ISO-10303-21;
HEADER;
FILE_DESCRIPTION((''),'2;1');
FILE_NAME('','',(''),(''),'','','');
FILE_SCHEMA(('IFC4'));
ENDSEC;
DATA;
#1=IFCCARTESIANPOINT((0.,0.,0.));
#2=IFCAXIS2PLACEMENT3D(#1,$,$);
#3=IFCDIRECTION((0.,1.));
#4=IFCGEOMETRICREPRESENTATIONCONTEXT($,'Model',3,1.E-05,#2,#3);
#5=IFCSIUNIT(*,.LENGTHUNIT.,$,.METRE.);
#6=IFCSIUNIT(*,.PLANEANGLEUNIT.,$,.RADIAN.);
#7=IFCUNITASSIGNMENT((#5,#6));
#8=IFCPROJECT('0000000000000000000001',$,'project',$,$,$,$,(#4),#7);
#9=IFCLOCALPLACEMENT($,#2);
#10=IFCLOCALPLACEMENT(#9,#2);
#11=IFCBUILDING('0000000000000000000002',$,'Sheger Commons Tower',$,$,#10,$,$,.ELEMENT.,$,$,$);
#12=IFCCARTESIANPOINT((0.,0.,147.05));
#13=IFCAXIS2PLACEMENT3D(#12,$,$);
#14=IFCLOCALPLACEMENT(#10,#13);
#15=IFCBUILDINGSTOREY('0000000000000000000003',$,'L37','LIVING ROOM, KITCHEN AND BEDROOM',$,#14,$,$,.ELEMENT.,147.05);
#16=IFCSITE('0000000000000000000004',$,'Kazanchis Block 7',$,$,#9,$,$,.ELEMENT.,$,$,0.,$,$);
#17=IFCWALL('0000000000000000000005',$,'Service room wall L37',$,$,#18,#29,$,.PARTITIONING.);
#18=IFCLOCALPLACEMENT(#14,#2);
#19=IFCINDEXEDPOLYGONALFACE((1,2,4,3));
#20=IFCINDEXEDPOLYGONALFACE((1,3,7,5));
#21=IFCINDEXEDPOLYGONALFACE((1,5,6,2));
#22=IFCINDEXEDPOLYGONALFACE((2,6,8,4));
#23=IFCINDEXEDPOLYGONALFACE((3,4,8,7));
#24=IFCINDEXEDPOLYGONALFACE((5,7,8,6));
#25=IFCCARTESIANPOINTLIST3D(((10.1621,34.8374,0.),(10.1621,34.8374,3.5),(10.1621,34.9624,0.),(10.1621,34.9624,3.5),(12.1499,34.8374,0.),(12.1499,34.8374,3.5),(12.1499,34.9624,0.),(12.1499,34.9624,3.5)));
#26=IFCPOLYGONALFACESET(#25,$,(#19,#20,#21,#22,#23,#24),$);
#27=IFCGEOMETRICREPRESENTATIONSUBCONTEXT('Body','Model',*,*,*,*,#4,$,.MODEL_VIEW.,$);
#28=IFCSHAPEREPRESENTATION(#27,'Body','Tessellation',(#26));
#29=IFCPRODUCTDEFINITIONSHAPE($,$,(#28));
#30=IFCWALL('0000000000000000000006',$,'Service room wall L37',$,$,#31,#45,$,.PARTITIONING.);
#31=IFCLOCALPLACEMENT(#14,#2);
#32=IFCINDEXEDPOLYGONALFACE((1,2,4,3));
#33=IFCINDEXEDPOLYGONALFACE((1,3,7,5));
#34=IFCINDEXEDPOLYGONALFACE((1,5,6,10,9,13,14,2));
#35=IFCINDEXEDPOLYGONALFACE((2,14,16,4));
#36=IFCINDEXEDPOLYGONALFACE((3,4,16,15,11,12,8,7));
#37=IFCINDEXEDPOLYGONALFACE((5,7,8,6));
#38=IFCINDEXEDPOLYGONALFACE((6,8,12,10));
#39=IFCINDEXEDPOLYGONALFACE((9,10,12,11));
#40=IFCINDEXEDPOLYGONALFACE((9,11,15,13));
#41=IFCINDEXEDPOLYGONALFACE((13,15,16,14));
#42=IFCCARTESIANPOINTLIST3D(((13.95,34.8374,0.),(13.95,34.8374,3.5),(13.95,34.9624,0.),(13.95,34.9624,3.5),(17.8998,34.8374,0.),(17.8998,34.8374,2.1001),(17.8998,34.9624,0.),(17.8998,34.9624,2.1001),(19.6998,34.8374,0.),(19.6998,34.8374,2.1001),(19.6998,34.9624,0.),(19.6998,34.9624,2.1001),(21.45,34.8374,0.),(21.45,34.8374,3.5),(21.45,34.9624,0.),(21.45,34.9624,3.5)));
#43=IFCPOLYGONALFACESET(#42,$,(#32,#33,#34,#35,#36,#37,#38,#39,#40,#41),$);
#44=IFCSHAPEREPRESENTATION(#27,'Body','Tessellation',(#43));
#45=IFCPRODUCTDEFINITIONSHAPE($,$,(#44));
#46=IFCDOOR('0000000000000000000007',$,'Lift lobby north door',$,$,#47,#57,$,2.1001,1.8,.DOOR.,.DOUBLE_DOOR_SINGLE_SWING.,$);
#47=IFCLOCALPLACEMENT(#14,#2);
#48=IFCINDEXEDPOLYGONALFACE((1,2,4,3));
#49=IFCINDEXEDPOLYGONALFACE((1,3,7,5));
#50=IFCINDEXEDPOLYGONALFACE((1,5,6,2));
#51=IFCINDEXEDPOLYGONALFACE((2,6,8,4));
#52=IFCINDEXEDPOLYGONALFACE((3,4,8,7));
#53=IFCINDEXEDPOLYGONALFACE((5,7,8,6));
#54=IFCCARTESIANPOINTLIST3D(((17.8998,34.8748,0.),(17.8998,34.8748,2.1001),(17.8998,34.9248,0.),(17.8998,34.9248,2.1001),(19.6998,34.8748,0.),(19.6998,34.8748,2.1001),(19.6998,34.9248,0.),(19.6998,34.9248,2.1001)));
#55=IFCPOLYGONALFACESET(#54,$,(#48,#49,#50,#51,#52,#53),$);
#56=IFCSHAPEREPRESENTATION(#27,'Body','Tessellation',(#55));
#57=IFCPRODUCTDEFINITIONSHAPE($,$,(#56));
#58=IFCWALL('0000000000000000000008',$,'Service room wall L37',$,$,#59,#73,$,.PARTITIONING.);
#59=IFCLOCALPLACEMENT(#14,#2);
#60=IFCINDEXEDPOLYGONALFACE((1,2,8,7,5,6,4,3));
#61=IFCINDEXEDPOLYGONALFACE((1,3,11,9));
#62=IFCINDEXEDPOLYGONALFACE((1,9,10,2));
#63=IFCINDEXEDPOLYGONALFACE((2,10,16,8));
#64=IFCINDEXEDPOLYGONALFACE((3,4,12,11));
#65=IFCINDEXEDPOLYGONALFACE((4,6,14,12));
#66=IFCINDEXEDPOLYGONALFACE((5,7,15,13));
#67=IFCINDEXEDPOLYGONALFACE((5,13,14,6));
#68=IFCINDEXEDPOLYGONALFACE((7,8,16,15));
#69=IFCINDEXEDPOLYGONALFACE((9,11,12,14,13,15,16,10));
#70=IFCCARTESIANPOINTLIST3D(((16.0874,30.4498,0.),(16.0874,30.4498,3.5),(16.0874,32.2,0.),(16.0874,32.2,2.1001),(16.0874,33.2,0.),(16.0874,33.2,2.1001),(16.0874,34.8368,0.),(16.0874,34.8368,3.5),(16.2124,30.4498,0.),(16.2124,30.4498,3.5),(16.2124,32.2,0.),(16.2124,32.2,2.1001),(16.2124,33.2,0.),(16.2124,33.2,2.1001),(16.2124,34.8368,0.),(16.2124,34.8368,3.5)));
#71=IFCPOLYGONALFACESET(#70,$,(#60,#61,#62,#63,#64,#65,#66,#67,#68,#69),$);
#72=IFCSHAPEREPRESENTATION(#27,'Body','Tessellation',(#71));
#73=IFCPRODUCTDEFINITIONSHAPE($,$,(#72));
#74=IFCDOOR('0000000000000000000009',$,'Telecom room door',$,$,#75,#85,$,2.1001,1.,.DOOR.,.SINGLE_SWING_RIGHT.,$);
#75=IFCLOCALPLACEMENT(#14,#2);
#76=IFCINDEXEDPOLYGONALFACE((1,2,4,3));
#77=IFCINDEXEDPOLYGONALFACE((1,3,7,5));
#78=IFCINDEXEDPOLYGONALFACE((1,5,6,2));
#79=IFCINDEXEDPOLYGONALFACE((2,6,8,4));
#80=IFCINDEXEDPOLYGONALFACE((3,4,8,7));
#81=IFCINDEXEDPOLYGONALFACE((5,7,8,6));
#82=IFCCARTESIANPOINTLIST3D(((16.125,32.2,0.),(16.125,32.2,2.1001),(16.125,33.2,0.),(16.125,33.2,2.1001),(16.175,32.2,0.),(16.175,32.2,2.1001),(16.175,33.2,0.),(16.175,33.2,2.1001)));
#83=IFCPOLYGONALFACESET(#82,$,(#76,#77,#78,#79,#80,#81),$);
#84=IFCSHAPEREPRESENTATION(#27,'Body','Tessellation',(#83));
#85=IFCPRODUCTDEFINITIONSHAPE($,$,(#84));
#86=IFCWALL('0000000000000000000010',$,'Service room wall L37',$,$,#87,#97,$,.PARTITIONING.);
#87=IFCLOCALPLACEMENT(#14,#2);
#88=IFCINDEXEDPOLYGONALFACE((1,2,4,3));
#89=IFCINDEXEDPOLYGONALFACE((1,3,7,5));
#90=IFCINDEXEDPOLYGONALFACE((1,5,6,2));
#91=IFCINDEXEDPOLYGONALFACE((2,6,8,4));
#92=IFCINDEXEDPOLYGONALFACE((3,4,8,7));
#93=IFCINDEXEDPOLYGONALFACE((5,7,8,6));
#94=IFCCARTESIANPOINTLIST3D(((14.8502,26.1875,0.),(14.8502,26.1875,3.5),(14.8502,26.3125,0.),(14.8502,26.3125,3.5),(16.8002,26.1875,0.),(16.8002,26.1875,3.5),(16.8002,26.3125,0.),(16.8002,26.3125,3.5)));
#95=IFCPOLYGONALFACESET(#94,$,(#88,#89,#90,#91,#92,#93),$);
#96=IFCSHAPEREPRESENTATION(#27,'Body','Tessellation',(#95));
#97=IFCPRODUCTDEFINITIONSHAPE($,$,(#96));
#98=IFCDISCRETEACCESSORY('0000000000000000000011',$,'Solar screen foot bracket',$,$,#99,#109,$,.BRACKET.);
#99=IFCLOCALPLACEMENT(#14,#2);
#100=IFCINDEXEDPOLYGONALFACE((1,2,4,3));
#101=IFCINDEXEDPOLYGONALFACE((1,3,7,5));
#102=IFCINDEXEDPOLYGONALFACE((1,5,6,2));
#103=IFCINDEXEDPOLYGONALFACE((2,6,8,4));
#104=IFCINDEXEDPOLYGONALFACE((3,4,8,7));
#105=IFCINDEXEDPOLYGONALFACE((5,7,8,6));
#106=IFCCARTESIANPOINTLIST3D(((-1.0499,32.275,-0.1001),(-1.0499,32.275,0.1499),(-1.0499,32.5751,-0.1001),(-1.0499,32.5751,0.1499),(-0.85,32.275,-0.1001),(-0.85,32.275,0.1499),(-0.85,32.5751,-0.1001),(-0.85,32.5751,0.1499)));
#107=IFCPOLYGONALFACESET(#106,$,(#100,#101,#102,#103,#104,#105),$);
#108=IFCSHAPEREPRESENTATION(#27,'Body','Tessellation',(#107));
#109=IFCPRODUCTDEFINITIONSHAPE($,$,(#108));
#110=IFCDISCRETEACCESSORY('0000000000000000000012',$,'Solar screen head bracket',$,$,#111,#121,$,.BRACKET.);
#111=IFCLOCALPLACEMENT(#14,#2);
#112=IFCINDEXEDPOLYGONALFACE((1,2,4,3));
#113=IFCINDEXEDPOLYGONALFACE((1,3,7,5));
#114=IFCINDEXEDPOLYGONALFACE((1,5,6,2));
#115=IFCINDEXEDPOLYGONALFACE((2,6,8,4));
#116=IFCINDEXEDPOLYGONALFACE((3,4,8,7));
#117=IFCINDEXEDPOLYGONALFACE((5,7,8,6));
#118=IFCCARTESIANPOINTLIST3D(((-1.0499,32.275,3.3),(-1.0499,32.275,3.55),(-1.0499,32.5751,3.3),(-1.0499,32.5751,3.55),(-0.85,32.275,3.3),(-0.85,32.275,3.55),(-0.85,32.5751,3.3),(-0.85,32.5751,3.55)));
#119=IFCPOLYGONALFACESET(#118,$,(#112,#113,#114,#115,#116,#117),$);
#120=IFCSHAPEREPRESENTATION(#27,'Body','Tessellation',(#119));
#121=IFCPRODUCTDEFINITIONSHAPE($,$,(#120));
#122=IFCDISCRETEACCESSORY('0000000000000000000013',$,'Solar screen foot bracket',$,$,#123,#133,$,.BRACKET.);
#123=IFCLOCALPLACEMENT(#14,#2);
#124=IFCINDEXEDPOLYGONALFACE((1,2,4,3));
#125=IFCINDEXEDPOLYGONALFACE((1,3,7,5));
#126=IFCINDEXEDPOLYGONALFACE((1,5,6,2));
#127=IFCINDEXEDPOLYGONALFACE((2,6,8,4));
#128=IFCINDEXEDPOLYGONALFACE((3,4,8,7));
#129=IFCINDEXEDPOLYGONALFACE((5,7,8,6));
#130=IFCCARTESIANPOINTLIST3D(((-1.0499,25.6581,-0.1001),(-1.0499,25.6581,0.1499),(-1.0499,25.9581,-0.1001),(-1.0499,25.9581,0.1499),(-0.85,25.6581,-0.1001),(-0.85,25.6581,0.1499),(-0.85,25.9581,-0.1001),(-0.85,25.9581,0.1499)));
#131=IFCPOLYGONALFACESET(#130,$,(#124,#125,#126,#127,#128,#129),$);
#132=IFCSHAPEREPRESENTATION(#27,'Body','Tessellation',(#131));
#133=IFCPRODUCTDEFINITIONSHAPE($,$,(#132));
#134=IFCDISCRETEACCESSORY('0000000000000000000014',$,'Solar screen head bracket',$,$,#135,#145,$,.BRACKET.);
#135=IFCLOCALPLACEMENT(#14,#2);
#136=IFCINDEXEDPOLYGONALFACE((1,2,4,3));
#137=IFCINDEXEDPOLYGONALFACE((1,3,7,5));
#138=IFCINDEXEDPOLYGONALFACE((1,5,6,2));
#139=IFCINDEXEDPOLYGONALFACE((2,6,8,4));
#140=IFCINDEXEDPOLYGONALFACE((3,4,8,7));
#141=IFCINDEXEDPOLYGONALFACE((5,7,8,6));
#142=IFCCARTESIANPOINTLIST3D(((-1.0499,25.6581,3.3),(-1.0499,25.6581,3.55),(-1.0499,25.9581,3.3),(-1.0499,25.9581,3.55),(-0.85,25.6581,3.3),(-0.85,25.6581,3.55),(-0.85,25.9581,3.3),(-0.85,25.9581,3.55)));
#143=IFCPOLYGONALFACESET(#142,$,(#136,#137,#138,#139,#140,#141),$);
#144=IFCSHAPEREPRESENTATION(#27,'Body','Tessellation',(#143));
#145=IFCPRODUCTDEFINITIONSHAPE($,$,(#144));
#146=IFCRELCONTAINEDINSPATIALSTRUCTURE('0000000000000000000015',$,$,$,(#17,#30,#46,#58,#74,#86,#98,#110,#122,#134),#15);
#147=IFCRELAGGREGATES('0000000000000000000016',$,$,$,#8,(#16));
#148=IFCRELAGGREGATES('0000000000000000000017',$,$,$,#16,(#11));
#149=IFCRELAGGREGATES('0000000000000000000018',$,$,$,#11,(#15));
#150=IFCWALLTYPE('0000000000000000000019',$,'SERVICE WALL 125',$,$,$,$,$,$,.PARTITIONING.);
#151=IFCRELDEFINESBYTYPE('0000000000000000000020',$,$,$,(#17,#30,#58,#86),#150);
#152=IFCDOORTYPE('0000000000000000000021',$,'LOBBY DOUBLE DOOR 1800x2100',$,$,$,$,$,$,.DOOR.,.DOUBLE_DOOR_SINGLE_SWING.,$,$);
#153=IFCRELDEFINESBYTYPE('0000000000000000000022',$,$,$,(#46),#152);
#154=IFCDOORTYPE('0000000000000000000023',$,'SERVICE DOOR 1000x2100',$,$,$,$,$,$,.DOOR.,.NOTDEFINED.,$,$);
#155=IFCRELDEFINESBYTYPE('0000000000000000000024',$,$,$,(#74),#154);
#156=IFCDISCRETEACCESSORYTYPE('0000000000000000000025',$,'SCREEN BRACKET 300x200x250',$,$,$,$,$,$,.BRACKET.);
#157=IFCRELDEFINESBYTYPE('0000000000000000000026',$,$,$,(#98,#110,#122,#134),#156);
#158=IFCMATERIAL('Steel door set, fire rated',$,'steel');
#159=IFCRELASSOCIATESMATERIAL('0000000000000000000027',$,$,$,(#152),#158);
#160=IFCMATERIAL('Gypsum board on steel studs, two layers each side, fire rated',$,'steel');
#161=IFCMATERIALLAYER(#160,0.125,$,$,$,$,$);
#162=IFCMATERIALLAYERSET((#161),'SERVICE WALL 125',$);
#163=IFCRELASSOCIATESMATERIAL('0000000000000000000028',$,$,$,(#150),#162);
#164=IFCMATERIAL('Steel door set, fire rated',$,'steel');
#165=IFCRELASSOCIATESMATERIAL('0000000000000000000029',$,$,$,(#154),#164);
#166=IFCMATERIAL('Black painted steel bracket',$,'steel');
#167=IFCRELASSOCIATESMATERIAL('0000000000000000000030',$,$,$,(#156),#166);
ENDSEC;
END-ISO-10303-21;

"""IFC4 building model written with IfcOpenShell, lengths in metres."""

from ifc_helpers import new_model, si_unit, direction, frame, frame_2d, origin, origin_2d, place, context, subcontext, project, spatial, rectangle, extrude, material, layer, layer_set, type_object, element, fill, save


model = new_model("IFC4")

# Units and contexts
model_context = context("Model", 3, precision=1e-05, world=origin(), true_north=direction((0.0, 1.0)))
body_context = subcontext(model_context, "Body", "Model", "MODEL_VIEW")
ifc_project = project(units=[si_unit("LENGTHUNIT", "METRE"), si_unit("PLANEANGLEUNIT", "RADIAN")], contexts=[model_context])

# Site, building, storey
site_placement = place(None, origin())
site = spatial("IfcSite", under=ifc_project, at=site_placement, Name="Kazanchis Block 7", CompositionType="ELEMENT", RefElevation=0.0)
building_placement = place(site_placement, origin())
building = spatial("IfcBuilding", under=site, at=building_placement, Name="Sheger Commons Tower", CompositionType="ELEMENT")
storey_placement = place(building_placement, frame((0.0, 0.0, 147.05)))
storey = spatial("IfcBuildingStorey", under=building, at=storey_placement, Name="L37", Description="LIVING ROOM, KITCHEN AND BEDROOM", CompositionType="ELEMENT", Elevation=147.05)

# Shared definitions
ifc_material_1 = material(Name="Steel door set, fire rated", Category="steel")
door_type_1 = type_object("IfcDoorType", Name="LOBBY DOUBLE DOOR 1800x2100", OperationType="DOUBLE_DOOR_SINGLE_SWING", PredefinedType="DOOR", material=ifc_material_1)

# Wall
ifc_material_2 = material(Name="Gypsum board on steel studs, two layers each side, fire rated", Category="steel")
ifc_layer_1 = layer(ifc_material_2, 0.125)
ifc_layer_set_1 = layer_set([ifc_layer_1], Name="SERVICE WALL 125")
wall_type_1 = type_object("IfcWallType", Name="SERVICE WALL 125", PredefinedType="PARTITIONING", material=ifc_layer_set_1)
wall_1_placement = place(storey_placement, frame((10.1621, 34.8999, 0.0), z_axis=(0.0, 0.0, 1.0), x_axis=(1.0, 0.0, 0.0)))
element("IfcWall", 1, at=wall_1_placement, inside=storey, type_object=wall_type_1, Name="Service room wall L37", PredefinedType="PARTITIONING", context=body_context, shape_type="SweptSolid", body=[
    extrude(rectangle(XDim=1.9878, YDim=0.125, at=frame_2d((0.9939, 0.0))), origin(), (0.0, 0.0, 1.0), 3.5),
])

# Walls, openings, doors
wall_2_placement = place(storey_placement, frame((13.95, 34.8999, 0.0), z_axis=(0.0, 0.0, 1.0), x_axis=(1.0, 0.0, 0.0)))
wall_2 = element("IfcWall", 2, at=wall_2_placement, inside=storey, type_object=wall_type_1, Name="Service room wall L37", PredefinedType="PARTITIONING", context=body_context, shape_type="SweptSolid", body=[
    extrude(rectangle(XDim=7.5, YDim=0.125, at=frame_2d((3.75, 0.0))), origin(), (0.0, 0.0, 1.0), 3.5),
])
opening_1_placement = place(wall_2_placement, frame((3.95, 0.0, 0.0)))
opening_1 = element("IfcOpeningElement", 3, at=opening_1_placement, cuts=wall_2, PredefinedType="OPENING", context=body_context, shape_type="SweptSolid", body=[
    extrude(rectangle(XDim=1.8, YDim=2.1001, at=frame_2d((0.8999, 1.05))), frame((0.0, 0.0725, 0.0), z_axis=(0.0, -1.0, 0.0), x_axis=(1.0, 0.0, 0.0)), (0.0, 0.0, 1.0), 0.145),
])
door_1_placement = place(opening_1_placement, origin())
door_1 = element("IfcDoor", 4, at=door_1_placement, inside=storey, type_object=door_type_1, Name="Lift lobby north door", OperationType="DOUBLE_DOOR_SINGLE_SWING", OverallHeight=2.1001, OverallWidth=1.8, PredefinedType="DOOR", context=body_context, shape_type="SweptSolid", body=[
    extrude(rectangle(XDim=1.8, YDim=2.1001, at=frame_2d((0.8999, 1.05))), frame((0.0, 0.0249, 0.0), z_axis=(0.0, -1.0, 0.0), x_axis=(1.0, 0.0, 0.0)), (0.0, 0.0, 1.0), 0.05),
])
fill(opening_1, door_1)
wall_3_placement = place(storey_placement, frame((16.1499, 30.45, 0.0), z_axis=(0.0, 0.0, 1.0), x_axis=(0.0, 1.0, 0.0)))
wall_3 = element("IfcWall", 5, at=wall_3_placement, inside=storey, type_object=wall_type_1, Name="Service room wall L37", PredefinedType="PARTITIONING", context=body_context, shape_type="SweptSolid", body=[
    extrude(rectangle(XDim=4.387, YDim=0.125, at=frame_2d((2.1934, 0.0))), origin(), (0.0, 0.0, 1.0), 3.5),
])
opening_2_placement = place(wall_3_placement, frame((1.75, 0.0, 0.0)))
opening_2 = element("IfcOpeningElement", 6, at=opening_2_placement, cuts=wall_3, PredefinedType="OPENING", context=body_context, shape_type="SweptSolid", body=[
    extrude(rectangle(XDim=1.0, YDim=2.1001, at=frame_2d((0.5, 1.05))), frame((0.0, 0.0725, 0.0), z_axis=(0.0, -1.0, 0.0), x_axis=(1.0, 0.0, 0.0)), (0.0, 0.0, 1.0), 0.145),
])
ifc_material_3 = material(Name="Steel door set, fire rated", Category="steel")
door_type_2 = type_object("IfcDoorType", Name="SERVICE DOOR 1000x2100", OperationType="NOTDEFINED", PredefinedType="DOOR", material=ifc_material_3)
door_2_placement = place(opening_2_placement, origin())
door_2 = element("IfcDoor", 7, at=door_2_placement, inside=storey, type_object=door_type_2, Name="Telecom room door", OperationType="SINGLE_SWING_RIGHT", OverallHeight=2.1001, OverallWidth=1.0, PredefinedType="DOOR", context=body_context, shape_type="SweptSolid", body=[
    extrude(rectangle(XDim=1.0, YDim=2.1001, at=frame_2d((0.5, 1.05))), frame((0.0, 0.0249, 0.0), z_axis=(0.0, -1.0, 0.0), x_axis=(1.0, 0.0, 0.0)), (0.0, 0.0, 1.0), 0.05),
])
fill(opening_2, door_2)

# Wall
wall_4_placement = place(storey_placement, frame((14.8501, 26.25, 0.0), z_axis=(0.0, 0.0, 1.0), x_axis=(1.0, 0.0, 0.0)))
element("IfcWall", 8, at=wall_4_placement, inside=storey, type_object=wall_type_1, Name="Service room wall L37", PredefinedType="PARTITIONING", context=body_context, shape_type="SweptSolid", body=[
    extrude(rectangle(XDim=1.95, YDim=0.125, at=frame_2d((0.9751, 0.0))), origin(), (0.0, 0.0, 1.0), 3.5),
])

# Discrete accessories
ifc_material_4 = material(Name="Black painted steel bracket", Category="steel")
discrete_accessory_type = type_object("IfcDiscreteAccessoryType", Name="SCREEN BRACKET 300x200x250", PredefinedType="BRACKET", material=ifc_material_4)
for number, where, z_axis, x_axis, name in (
    (9, (-0.95, 32.425, -0.1001), (0.0, 0.0, 1.0), (0.0, -1.0, 0.0), "Solar screen foot bracket"),
    (10, (-0.95, 32.425, 3.3), (0.0, 0.0, 1.0), (0.0, -1.0, 0.0), "Solar screen head bracket"),
    (11, (-0.95, 25.8081, -0.1001), (0.0, 0.0, 1.0), (0.0, -1.0, 0.0), "Solar screen foot bracket"),
    (12, (-0.95, 25.8081, 3.3), (0.0, 0.0, 1.0), (0.0, -1.0, 0.0), "Solar screen head bracket"),
):
    element("IfcDiscreteAccessory", number, at=place(storey_placement, frame(where, z_axis=z_axis, x_axis=x_axis)), inside=storey, type_object=discrete_accessory_type, Name=name, PredefinedType="BRACKET", context=body_context, shape_type="SweptSolid", body=[
        extrude(rectangle(XDim=0.3, YDim=0.2, at=origin_2d()), origin(), (0.0, 0.0, 1.0), 0.25),
    ])

save(model, "model.ifc")
